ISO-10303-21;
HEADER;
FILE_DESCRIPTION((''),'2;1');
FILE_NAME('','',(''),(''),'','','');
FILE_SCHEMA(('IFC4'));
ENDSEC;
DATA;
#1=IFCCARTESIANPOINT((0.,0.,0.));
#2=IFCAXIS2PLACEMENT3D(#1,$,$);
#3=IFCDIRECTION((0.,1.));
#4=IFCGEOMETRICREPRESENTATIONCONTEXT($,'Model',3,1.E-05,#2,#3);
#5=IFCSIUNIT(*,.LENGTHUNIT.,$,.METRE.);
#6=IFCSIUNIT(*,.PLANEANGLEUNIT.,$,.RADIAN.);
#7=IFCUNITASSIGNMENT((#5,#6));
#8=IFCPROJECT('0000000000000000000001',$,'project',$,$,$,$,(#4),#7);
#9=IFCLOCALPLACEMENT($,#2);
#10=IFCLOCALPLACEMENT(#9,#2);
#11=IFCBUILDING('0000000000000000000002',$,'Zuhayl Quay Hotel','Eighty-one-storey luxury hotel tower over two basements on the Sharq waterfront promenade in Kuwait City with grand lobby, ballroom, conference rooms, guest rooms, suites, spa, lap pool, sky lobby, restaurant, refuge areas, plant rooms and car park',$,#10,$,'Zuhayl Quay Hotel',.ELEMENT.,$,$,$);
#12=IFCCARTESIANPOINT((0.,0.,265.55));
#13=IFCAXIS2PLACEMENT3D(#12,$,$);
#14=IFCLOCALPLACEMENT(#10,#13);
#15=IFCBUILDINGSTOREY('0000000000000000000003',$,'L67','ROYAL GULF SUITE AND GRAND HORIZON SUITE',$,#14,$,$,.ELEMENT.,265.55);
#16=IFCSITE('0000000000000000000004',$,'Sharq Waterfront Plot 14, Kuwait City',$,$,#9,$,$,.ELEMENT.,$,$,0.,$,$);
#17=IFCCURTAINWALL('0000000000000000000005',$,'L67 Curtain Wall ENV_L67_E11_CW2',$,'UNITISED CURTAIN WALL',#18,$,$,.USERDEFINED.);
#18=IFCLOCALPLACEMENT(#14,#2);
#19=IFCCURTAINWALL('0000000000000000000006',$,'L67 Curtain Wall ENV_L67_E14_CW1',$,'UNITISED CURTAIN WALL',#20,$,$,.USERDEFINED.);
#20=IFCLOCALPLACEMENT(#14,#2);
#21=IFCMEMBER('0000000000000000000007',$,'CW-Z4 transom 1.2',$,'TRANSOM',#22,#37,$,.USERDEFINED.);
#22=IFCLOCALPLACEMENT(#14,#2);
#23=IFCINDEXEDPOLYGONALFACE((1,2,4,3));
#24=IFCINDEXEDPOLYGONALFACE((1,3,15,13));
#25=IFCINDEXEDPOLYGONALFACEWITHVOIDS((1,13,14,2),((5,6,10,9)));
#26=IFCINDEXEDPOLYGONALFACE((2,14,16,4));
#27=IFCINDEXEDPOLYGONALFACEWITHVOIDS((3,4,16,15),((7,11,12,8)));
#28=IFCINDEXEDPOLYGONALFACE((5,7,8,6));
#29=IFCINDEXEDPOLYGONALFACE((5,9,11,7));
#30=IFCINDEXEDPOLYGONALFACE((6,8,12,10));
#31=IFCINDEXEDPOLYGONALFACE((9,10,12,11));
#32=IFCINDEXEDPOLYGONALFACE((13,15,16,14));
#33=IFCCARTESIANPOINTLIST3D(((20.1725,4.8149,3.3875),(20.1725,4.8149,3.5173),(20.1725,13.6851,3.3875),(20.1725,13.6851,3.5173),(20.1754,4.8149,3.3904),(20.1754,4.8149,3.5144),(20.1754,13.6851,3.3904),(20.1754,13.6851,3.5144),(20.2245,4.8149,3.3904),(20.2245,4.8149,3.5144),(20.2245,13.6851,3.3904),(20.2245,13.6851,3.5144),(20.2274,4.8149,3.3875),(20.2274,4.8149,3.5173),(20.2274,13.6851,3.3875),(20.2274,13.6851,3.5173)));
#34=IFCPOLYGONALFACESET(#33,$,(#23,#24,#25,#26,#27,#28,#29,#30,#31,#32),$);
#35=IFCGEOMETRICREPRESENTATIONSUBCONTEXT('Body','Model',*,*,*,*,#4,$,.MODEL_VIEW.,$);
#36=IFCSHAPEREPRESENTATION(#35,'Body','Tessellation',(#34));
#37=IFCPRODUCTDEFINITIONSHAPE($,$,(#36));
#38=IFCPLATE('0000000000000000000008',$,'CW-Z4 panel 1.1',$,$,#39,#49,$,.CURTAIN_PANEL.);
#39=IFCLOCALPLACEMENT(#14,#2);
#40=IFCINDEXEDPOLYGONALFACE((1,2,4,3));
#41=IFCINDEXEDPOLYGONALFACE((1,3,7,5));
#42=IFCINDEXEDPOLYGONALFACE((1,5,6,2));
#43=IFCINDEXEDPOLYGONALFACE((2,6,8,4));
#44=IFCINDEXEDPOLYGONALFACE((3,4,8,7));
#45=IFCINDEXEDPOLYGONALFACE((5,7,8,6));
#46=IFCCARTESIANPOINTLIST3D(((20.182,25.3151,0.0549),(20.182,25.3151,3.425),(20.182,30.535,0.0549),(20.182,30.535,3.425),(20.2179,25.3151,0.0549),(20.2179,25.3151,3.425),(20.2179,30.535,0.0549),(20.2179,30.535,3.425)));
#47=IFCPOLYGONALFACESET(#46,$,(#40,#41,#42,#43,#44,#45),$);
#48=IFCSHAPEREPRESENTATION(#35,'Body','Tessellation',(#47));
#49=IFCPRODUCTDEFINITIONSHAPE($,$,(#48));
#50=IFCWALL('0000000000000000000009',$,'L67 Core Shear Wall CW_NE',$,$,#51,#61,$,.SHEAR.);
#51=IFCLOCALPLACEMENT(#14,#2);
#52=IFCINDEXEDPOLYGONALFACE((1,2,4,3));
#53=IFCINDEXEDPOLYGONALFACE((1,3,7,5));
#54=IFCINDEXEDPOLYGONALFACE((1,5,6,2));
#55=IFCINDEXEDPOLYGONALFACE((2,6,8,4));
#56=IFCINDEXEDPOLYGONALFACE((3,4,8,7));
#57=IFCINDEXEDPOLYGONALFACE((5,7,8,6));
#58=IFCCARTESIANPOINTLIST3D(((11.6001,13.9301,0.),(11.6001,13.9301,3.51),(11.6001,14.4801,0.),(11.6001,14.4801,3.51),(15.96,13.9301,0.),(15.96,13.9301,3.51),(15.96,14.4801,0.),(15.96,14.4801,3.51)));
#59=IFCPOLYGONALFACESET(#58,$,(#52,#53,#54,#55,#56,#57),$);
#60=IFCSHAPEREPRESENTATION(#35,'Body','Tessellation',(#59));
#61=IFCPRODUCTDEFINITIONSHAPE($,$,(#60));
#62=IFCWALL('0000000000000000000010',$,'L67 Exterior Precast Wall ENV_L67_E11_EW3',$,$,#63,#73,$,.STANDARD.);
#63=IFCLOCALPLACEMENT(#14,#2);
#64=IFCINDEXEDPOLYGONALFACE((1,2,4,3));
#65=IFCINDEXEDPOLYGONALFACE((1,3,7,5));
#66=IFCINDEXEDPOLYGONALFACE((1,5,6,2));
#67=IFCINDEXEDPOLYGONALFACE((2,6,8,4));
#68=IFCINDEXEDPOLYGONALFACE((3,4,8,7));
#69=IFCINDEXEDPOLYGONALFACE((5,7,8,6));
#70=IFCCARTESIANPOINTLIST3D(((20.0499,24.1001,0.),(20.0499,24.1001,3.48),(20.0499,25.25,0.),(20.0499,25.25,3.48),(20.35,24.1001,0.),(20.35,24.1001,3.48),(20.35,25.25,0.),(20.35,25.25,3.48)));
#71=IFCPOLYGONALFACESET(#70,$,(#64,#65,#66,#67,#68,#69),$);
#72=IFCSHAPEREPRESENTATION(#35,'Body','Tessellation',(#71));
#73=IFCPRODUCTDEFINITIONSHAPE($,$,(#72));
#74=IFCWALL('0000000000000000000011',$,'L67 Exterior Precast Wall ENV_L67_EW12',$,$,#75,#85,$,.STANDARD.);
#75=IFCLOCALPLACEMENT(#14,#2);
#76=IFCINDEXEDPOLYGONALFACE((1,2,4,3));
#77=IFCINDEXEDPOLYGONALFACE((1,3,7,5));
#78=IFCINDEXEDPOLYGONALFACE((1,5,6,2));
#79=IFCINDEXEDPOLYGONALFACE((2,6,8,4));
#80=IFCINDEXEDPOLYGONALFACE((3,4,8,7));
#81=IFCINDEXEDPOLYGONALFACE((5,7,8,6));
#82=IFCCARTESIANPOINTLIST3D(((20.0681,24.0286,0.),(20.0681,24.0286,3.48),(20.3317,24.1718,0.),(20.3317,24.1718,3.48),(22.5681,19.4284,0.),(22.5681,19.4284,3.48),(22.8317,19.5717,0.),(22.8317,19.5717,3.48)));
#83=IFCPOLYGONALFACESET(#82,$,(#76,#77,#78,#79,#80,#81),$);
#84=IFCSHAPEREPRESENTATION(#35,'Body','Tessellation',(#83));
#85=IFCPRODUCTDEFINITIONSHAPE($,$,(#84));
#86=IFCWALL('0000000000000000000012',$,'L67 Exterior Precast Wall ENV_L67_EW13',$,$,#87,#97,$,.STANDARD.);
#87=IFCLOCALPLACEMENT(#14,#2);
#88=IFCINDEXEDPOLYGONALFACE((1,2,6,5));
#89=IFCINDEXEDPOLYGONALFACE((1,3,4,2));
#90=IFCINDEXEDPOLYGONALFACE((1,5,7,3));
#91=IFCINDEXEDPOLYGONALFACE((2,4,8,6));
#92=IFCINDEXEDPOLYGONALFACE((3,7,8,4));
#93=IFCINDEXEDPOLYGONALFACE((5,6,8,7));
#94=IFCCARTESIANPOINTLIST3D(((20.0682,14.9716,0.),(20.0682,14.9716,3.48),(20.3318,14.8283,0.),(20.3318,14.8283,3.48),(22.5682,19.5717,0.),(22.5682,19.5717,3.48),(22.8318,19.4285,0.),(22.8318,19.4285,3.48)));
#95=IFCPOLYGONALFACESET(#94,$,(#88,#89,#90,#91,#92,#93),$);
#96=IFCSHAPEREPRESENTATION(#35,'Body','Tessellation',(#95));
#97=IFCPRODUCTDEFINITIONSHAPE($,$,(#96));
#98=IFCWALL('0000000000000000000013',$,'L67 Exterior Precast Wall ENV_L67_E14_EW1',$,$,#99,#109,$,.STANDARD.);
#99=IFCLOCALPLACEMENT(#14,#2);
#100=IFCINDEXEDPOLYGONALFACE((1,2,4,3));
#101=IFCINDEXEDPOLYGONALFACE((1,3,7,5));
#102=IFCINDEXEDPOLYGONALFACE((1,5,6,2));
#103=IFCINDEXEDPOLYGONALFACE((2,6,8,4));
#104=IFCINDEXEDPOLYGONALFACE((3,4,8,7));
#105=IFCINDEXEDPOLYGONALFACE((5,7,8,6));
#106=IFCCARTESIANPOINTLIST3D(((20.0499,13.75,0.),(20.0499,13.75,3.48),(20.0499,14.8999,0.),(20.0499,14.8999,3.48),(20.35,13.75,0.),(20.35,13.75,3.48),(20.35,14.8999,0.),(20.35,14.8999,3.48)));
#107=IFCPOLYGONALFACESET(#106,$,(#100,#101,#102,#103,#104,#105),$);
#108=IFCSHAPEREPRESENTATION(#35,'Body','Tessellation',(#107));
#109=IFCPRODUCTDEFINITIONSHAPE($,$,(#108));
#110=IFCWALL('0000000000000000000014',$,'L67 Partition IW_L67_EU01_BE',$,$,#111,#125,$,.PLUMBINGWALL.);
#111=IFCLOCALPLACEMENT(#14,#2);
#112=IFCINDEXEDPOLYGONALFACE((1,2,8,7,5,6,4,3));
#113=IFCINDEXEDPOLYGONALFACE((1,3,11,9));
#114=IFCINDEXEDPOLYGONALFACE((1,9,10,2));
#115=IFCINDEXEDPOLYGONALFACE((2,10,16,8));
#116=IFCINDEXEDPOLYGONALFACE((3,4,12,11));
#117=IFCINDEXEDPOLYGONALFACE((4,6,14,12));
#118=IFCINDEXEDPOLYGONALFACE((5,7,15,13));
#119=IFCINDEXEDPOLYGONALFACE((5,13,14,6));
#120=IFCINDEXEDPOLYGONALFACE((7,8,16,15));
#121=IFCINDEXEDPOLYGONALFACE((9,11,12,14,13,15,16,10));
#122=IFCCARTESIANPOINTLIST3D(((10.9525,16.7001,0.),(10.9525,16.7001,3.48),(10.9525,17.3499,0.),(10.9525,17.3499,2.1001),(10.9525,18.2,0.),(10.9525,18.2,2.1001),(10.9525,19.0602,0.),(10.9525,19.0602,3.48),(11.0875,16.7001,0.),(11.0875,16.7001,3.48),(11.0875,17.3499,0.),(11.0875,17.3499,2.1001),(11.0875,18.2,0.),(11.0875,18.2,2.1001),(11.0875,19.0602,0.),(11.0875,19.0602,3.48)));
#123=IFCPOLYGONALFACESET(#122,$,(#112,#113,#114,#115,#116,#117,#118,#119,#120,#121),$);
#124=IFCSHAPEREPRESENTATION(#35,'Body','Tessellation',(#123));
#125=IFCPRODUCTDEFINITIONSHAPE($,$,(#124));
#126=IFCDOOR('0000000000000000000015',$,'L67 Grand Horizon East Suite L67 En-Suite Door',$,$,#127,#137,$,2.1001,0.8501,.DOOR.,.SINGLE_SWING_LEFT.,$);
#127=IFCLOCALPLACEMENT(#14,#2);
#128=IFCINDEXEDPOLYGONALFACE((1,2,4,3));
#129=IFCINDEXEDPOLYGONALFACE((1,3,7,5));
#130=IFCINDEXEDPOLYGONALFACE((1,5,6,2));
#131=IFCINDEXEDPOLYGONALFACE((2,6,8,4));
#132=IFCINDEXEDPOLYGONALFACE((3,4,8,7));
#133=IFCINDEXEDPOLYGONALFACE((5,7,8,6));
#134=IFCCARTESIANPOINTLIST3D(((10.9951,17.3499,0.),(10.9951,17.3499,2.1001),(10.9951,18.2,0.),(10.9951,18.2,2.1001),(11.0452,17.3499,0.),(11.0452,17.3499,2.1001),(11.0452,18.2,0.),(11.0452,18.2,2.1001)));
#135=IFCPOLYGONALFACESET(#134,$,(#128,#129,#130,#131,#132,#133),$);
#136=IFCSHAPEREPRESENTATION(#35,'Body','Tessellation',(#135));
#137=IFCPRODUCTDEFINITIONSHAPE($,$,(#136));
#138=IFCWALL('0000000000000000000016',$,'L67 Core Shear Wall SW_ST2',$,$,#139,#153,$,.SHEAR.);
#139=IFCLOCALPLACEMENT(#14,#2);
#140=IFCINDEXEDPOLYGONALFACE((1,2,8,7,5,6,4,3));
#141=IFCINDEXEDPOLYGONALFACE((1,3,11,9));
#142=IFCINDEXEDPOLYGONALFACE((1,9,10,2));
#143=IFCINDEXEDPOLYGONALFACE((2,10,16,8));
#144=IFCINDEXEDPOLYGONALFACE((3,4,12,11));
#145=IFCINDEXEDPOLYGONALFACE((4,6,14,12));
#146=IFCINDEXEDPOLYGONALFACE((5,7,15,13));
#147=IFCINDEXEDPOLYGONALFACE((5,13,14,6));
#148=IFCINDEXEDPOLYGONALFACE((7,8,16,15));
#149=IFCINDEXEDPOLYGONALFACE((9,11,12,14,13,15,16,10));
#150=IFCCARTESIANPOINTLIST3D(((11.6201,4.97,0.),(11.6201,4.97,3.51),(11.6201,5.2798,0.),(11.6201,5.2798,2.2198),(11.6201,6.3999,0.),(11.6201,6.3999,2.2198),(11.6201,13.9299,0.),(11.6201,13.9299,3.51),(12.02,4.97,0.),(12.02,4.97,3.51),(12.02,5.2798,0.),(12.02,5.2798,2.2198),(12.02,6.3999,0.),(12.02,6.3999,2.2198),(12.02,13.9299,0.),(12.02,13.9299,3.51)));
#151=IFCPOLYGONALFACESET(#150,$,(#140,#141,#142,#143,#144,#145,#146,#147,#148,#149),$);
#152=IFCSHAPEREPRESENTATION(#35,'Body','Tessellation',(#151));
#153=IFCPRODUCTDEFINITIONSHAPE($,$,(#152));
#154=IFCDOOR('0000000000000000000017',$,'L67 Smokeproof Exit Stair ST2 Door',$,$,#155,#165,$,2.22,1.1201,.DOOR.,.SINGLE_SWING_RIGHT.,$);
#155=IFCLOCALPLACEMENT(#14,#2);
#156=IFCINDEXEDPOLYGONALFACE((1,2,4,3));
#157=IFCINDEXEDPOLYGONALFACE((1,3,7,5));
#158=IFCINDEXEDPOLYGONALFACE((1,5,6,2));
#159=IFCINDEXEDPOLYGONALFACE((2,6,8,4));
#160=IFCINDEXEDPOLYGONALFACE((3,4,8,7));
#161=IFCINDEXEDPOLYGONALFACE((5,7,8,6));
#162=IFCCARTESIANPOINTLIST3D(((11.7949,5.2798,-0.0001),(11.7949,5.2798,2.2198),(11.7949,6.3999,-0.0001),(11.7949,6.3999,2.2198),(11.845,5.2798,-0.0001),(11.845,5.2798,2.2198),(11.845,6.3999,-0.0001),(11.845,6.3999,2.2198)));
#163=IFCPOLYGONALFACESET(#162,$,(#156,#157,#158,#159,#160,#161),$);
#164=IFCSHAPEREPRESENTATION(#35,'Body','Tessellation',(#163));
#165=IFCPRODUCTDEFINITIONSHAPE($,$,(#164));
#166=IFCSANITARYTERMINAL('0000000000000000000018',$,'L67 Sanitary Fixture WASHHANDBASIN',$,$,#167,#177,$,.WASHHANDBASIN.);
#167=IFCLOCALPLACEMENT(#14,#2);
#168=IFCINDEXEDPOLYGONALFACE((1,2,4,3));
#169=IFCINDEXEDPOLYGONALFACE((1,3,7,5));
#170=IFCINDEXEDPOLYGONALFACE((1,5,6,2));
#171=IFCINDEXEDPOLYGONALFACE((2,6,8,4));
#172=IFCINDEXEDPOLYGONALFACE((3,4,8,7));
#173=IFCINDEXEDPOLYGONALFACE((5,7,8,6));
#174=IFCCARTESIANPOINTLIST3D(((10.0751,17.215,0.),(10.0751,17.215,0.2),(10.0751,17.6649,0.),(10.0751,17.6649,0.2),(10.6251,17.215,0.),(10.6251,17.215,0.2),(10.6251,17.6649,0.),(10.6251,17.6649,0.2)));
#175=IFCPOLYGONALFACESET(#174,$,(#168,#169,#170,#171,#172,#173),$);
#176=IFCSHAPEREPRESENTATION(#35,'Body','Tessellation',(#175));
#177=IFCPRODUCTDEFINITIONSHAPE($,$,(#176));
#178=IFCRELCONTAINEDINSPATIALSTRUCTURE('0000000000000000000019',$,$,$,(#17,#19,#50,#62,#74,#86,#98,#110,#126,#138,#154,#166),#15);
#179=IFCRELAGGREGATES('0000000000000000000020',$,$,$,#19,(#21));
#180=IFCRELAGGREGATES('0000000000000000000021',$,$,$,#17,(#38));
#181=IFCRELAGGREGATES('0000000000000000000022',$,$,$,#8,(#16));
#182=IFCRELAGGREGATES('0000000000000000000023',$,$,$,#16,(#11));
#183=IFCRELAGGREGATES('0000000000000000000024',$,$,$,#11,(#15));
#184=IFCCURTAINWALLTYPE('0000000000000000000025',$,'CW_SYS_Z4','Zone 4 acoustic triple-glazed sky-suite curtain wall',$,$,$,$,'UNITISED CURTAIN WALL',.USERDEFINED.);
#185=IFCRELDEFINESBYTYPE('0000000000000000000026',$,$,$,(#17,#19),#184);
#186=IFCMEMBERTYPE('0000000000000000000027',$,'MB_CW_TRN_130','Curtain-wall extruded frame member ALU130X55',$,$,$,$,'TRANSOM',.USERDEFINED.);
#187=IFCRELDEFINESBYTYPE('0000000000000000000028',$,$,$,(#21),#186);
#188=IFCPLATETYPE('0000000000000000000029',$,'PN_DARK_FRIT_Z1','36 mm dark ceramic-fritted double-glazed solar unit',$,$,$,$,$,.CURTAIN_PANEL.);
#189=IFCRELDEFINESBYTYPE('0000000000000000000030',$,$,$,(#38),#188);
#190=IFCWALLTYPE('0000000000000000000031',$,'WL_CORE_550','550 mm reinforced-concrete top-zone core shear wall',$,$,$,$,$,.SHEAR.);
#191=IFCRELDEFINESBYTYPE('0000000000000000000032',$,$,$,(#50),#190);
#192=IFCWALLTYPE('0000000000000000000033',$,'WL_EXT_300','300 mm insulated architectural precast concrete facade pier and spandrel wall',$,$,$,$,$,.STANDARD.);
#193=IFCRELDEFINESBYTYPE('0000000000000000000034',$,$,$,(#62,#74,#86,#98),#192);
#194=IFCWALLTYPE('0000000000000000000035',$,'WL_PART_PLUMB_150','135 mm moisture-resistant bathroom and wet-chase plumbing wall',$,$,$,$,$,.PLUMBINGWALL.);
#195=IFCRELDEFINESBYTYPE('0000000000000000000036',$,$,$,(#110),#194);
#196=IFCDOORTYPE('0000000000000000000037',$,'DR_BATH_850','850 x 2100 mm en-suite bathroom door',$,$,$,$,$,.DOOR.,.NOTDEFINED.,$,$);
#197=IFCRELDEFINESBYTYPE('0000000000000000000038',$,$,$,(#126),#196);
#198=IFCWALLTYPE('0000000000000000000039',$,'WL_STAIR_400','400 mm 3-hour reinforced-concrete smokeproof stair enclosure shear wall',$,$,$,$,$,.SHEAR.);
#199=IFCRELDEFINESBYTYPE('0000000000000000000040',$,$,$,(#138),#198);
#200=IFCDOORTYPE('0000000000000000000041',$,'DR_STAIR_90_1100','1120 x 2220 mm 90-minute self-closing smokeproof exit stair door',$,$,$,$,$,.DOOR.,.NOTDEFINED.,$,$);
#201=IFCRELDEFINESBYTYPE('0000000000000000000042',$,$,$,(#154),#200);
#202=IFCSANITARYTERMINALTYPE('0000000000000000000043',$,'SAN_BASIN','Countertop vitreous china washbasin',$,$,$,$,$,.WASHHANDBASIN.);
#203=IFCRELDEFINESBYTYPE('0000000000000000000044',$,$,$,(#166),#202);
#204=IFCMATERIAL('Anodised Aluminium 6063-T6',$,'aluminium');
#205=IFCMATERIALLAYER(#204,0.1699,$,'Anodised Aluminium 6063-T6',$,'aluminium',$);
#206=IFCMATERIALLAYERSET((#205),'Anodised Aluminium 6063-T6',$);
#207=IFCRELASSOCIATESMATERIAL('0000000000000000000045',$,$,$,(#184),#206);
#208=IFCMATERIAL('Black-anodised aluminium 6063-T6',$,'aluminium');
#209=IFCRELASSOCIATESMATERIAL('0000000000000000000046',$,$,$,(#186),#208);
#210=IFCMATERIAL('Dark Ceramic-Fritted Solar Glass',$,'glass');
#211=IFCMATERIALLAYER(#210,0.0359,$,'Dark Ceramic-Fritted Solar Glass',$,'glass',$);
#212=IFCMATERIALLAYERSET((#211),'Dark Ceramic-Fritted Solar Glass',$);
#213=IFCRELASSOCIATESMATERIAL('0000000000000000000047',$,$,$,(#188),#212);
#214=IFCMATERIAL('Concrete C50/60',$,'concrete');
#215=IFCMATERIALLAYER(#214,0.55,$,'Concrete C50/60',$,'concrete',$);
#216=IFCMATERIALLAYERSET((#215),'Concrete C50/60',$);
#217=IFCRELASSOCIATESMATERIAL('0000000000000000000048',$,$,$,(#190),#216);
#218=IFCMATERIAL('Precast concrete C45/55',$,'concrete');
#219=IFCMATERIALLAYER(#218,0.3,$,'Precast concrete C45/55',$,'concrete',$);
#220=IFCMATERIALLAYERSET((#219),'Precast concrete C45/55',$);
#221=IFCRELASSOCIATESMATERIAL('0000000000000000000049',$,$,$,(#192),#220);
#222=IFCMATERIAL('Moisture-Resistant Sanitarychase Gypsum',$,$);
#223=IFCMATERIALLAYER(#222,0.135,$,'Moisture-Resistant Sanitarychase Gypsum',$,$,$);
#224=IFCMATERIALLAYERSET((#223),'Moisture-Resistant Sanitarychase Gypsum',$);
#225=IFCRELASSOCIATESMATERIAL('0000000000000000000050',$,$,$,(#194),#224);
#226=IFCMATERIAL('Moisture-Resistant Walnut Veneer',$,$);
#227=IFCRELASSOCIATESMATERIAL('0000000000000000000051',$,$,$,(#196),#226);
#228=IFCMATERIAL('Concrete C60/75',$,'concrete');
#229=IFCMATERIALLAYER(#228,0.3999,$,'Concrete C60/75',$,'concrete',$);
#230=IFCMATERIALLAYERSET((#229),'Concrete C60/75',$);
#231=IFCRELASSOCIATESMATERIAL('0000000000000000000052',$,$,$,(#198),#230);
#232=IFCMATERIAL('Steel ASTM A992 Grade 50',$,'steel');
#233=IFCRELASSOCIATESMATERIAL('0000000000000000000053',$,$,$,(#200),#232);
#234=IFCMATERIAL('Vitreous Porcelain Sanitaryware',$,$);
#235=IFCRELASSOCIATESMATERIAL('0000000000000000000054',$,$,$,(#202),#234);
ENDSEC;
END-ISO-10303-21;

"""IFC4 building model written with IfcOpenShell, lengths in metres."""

from ifc_helpers import new_model, si_unit, direction, frame, frame_2d, origin, origin_2d, place, context, subcontext, project, spatial, rectangle, hollow_rectangle, extrude, material, layer, layer_set, material_profile, profile_set, type_object, element, fill, aggregate, save


model = new_model("IFC4")

# Units and contexts
model_context = context("Model", 3, precision=1e-05, world=origin(), true_north=direction((0.0, 1.0)))
body_context = subcontext(model_context, "Body", "Model", "MODEL_VIEW")
ifc_project = project(units=[si_unit("LENGTHUNIT", "METRE"), si_unit("PLANEANGLEUNIT", "RADIAN")], contexts=[model_context])

# Site, building, storey
site_placement = place(None, origin())
site = spatial("IfcSite", under=ifc_project, at=site_placement, Name="Sharq Waterfront Plot 14, Kuwait City", CompositionType="ELEMENT", RefElevation=0.0)
building_placement = place(site_placement, origin())
building = spatial("IfcBuilding", under=site, at=building_placement, Name="Zuhayl Quay Hotel", Description="Eighty-one-storey luxury hotel tower over two basements on the Sharq waterfront promenade in Kuwait City with grand lobby, ballroom, conference rooms, guest rooms, suites, spa, lap pool, sky lobby, restaurant, refuge areas, plant rooms and car park", LongName="Zuhayl Quay Hotel", CompositionType="ELEMENT")
storey_placement = place(building_placement, frame((0.0, 0.0, 265.55)))
storey = spatial("IfcBuildingStorey", under=building, at=storey_placement, Name="L67", Description="ROYAL GULF SUITE AND GRAND HORIZON SUITE", CompositionType="ELEMENT", Elevation=265.55)

# Shared definitions
ifc_material_1 = material(Name="Concrete C60/75", Category="concrete")

# Shared definitions
ifc_material_2 = material(Name="Steel ASTM A992 Grade 50", Category="steel")

# Curtain wall
ifc_material_3 = material(Name="Anodised Aluminium 6063-T6", Category="aluminium")
ifc_layer_1 = layer(ifc_material_3, 0.1699, Name="Anodised Aluminium 6063-T6", Category="aluminium")
ifc_layer_set_1 = layer_set([ifc_layer_1], Name="Anodised Aluminium 6063-T6")
curtain_wall_type = type_object("IfcCurtainWallType", Name="CW_SYS_Z4", Description="Zone 4 acoustic triple-glazed sky-suite curtain wall", ElementType="UNITISED CURTAIN WALL", PredefinedType="USERDEFINED", material=ifc_layer_set_1)
curtain_wall_1_placement = place(storey_placement, origin())
curtain_wall_1 = element("IfcCurtainWall", 1, at=curtain_wall_1_placement, inside=storey, type_object=curtain_wall_type, Name="L67 Curtain Wall ENV_L67_E11_CW2", ObjectType="UNITISED CURTAIN WALL", PredefinedType="USERDEFINED")
ifc_material_4 = material(Name="Black-anodised aluminium 6063-T6", Category="aluminium")

# Curtain wall, member
curtain_wall_2_placement = place(storey_placement, origin())
curtain_wall_2 = element("IfcCurtainWall", 2, at=curtain_wall_2_placement, inside=storey, type_object=curtain_wall_type, Name="L67 Curtain Wall ENV_L67_E14_CW1", ObjectType="UNITISED CURTAIN WALL", PredefinedType="USERDEFINED")
ifc_material_profile_1 = material_profile(ifc_material_4, hollow_rectangle(XDim=0.0549, YDim=0.1299, WallThickness=0.0029, at=origin_2d()), Name="ALU130X55")
ifc_profile_set_1 = profile_set([ifc_material_profile_1], Name="Black-anodised aluminium 6063-T6")
member_type_1 = type_object("IfcMemberType", Name="MB_CW_TRN_130", Description="Curtain-wall extruded frame member ALU130X55", ElementType="TRANSOM", PredefinedType="USERDEFINED", material=ifc_profile_set_1)
member_1_placement = place(storey_placement, frame((20.2, 13.6851, 3.4524), z_axis=(0.0, -1.0, 0.0), x_axis=(1.0, 0.0, 0.0)))
member_1 = element("IfcMember", 3, at=member_1_placement, type_object=member_type_1, Name="CW-Z4 transom 1.2", ObjectType="TRANSOM", PredefinedType="USERDEFINED", context=body_context, shape_type="SweptSolid", body=[
    extrude(hollow_rectangle(XDim=0.0549, YDim=0.1299, WallThickness=0.0029, at=origin_2d()), origin(), (0.0, 0.0, 1.0), 8.8701),
])
aggregate(curtain_wall_2, [member_1])

# Plate
ifc_material_5 = material(Name="Dark Ceramic-Fritted Solar Glass", Category="glass")
ifc_layer_2 = layer(ifc_material_5, 0.0359, Name="Dark Ceramic-Fritted Solar Glass", Category="glass")
ifc_layer_set_2 = layer_set([ifc_layer_2], Name="Dark Ceramic-Fritted Solar Glass")
plate_type = type_object("IfcPlateType", Name="PN_DARK_FRIT_Z1", Description="36 mm dark ceramic-fritted double-glazed solar unit", PredefinedType="CURTAIN_PANEL", material=ifc_layer_set_2)
plate_placement = place(storey_placement, frame((20.2, 27.925, 0.0549), z_axis=(0.0, 0.0, 1.0), x_axis=(0.0, -1.0, 0.0)))
plate = element("IfcPlate", 4, at=plate_placement, type_object=plate_type, Name="CW-Z4 panel 1.1", PredefinedType="CURTAIN_PANEL", context=body_context, shape_type="SweptSolid", body=[
    extrude(rectangle(XDim=5.22, YDim=0.0359, at=origin_2d()), origin(), (0.0, 0.0, 1.0), 3.3701),
])
aggregate(curtain_wall_1, [plate])

# Walls
ifc_material_6 = material(Name="Concrete C50/60", Category="concrete")
ifc_layer_3 = layer(ifc_material_6, 0.55, Name="Concrete C50/60", Category="concrete")
ifc_layer_set_3 = layer_set([ifc_layer_3], Name="Concrete C50/60")
wall_type_1 = type_object("IfcWallType", Name="WL_CORE_550", Description="550 mm reinforced-concrete top-zone core shear wall", PredefinedType="SHEAR", material=ifc_layer_set_3)
wall_1_placement = place(storey_placement, frame((11.6001, 14.2051, 0.0), z_axis=(0.0, 0.0, 1.0), x_axis=(1.0, 0.0, 0.0)))
element("IfcWall", 5, at=wall_1_placement, inside=storey, type_object=wall_type_1, Name="L67 Core Shear Wall CW_NE", PredefinedType="SHEAR", context=body_context, shape_type="SweptSolid", body=[
    extrude(rectangle(XDim=4.3599, YDim=0.55, at=frame_2d((2.1799, 0.0))), origin(), (0.0, 0.0, 1.0), 3.51),
])
ifc_material_7 = material(Name="Precast concrete C45/55", Category="concrete")
ifc_layer_4 = layer(ifc_material_7, 0.3, Name="Precast concrete C45/55", Category="concrete")
ifc_layer_set_4 = layer_set([ifc_layer_4], Name="Precast concrete C45/55")
wall_type_2 = type_object("IfcWallType", Name="WL_EXT_300", Description="300 mm insulated architectural precast concrete facade pier and spandrel wall", PredefinedType="STANDARD", material=ifc_layer_set_4)
wall_2_placement = place(storey_placement, frame((20.2, 25.25, 0.0), z_axis=(0.0, 0.0, 1.0), x_axis=(0.0, -1.0, 0.0)))
element("IfcWall", 6, at=wall_2_placement, inside=storey, type_object=wall_type_2, Name="L67 Exterior Precast Wall ENV_L67_E11_EW3", PredefinedType="STANDARD", context=body_context, shape_type="SweptSolid", body=[
    extrude(rectangle(XDim=1.1499, YDim=0.3, at=frame_2d((0.575, 0.0))), origin(), (0.0, 0.0, 1.0), 3.48),
])
for number, where, z_axis, x_axis, name in (
    (7, (20.2, 24.1001, 0.0), (0.0, 0.0, 1.0), (0.477505, -0.878629, 0.0), "L67 Exterior Precast Wall ENV_L67_EW12"),
    (8, (22.7, 19.5, 0.0), (0.0, 0.0, 1.0), (-0.477505, -0.878629, 0.0), "L67 Exterior Precast Wall ENV_L67_EW13"),
):
    element("IfcWall", number, at=place(storey_placement, frame(where, z_axis=z_axis, x_axis=x_axis)), inside=storey, type_object=wall_type_2, Name=name, PredefinedType="STANDARD", context=body_context, shape_type="SweptSolid", body=[
        extrude(rectangle(XDim=5.2356, YDim=0.3, at=frame_2d((2.6177, 0.0))), origin(), (0.0, 0.0, 1.0), 3.48),
    ])
wall_3_placement = place(storey_placement, frame((20.2, 14.8999, 0.0), z_axis=(0.0, 0.0, 1.0), x_axis=(0.0, -1.0, 0.0)))
element("IfcWall", 9, at=wall_3_placement, inside=storey, type_object=wall_type_2, Name="L67 Exterior Precast Wall ENV_L67_E14_EW1", PredefinedType="STANDARD", context=body_context, shape_type="SweptSolid", body=[
    extrude(rectangle(XDim=1.1499, YDim=0.3, at=frame_2d((0.575, 0.0))), origin(), (0.0, 0.0, 1.0), 3.48),
])

# Walls, openings, doors
ifc_material_8 = material(Name="Moisture-Resistant Sanitarychase Gypsum")
ifc_layer_5 = layer(ifc_material_8, 0.135, Name="Moisture-Resistant Sanitarychase Gypsum")
ifc_layer_set_5 = layer_set([ifc_layer_5], Name="Moisture-Resistant Sanitarychase Gypsum")
wall_type_3 = type_object("IfcWallType", Name="WL_PART_PLUMB_150", Description="135 mm moisture-resistant bathroom and wet-chase plumbing wall", PredefinedType="PLUMBINGWALL", material=ifc_layer_set_5)
wall_4_placement = place(storey_placement, frame((11.02, 16.7, 0.0), z_axis=(0.0, 0.0, 1.0), x_axis=(0.0, 1.0, 0.0)))
wall_4 = element("IfcWall", 10, at=wall_4_placement, inside=storey, type_object=wall_type_3, Name="L67 Partition IW_L67_EU01_BE", PredefinedType="PLUMBINGWALL", context=body_context, shape_type="SweptSolid", body=[
    extrude(rectangle(XDim=2.3601, YDim=0.135, at=frame_2d((1.1802, 0.0))), origin(), (0.0, 0.0, 1.0), 3.48),
])
opening_1_placement = place(wall_4_placement, frame((0.6499, 0.0, 0.0)))
opening_1 = element("IfcOpeningElement", 11, at=opening_1_placement, cuts=wall_4, PredefinedType="OPENING", context=body_context, shape_type="SweptSolid", body=[
    extrude(rectangle(XDim=0.8501, YDim=2.1001, at=frame_2d((0.425, 1.05))), frame((0.0, 0.0774, 0.0), z_axis=(0.0, -1.0, 0.0), x_axis=(1.0, 0.0, 0.0)), (0.0, 0.0, 1.0), 0.155),
])
ifc_material_9 = material(Name="Moisture-Resistant Walnut Veneer")
door_type_1 = type_object("IfcDoorType", Name="DR_BATH_850", Description="850 x 2100 mm en-suite bathroom door", OperationType="NOTDEFINED", PredefinedType="DOOR", material=ifc_material_9)
door_1_placement = place(opening_1_placement, origin())
door_1 = element("IfcDoor", 12, at=door_1_placement, inside=storey, type_object=door_type_1, Name="L67 Grand Horizon East Suite L67 En-Suite Door", OperationType="SINGLE_SWING_LEFT", OverallHeight=2.1001, OverallWidth=0.8501, PredefinedType="DOOR", context=body_context, shape_type="SweptSolid", body=[
    extrude(rectangle(XDim=0.8501, YDim=2.1001, at=frame_2d((0.425, 1.05))), frame((0.0, 0.0249, 0.0), z_axis=(0.0, -1.0, 0.0), x_axis=(1.0, 0.0, 0.0)), (0.0, 0.0, 1.0), 0.05),
])
fill(opening_1, door_1)
ifc_layer_6 = layer(ifc_material_1, 0.3999, Name="Concrete C60/75", Category="concrete")
ifc_layer_set_6 = layer_set([ifc_layer_6], Name="Concrete C60/75")
wall_type_4 = type_object("IfcWallType", Name="WL_STAIR_400", Description="400 mm 3-hour reinforced-concrete smokeproof stair enclosure shear wall", PredefinedType="SHEAR", material=ifc_layer_set_6)
wall_5_placement = place(storey_placement, frame((11.8201, 13.9299, 0.0), z_axis=(0.0, 0.0, 1.0), x_axis=(0.0, -1.0, 0.0)))
wall_5 = element("IfcWall", 13, at=wall_5_placement, inside=storey, type_object=wall_type_4, Name="L67 Core Shear Wall SW_ST2", PredefinedType="SHEAR", context=body_context, shape_type="SweptSolid", body=[
    extrude(rectangle(XDim=8.96, YDim=0.3999, at=frame_2d((4.48, 0.0))), origin(), (0.0, 0.0, 1.0), 3.51),
])
opening_2_placement = place(wall_5_placement, frame((7.53, 0.0, 0.0)))
opening_2 = element("IfcOpeningElement", 14, at=opening_2_placement, cuts=wall_5, PredefinedType="OPENING", context=body_context, shape_type="SweptSolid", body=[
    extrude(rectangle(XDim=1.1201, YDim=2.22, at=frame_2d((0.5601, 1.1099))), frame((0.0, 0.21, 0.0), z_axis=(0.0, -1.0, 0.0), x_axis=(1.0, 0.0, 0.0)), (0.0, 0.0, 1.0), 0.4199),
])
door_type_2 = type_object("IfcDoorType", Name="DR_STAIR_90_1100", Description="1120 x 2220 mm 90-minute self-closing smokeproof exit stair door", OperationType="NOTDEFINED", PredefinedType="DOOR", material=ifc_material_2)
door_2_placement = place(opening_2_placement, origin())
door_2 = element("IfcDoor", 15, at=door_2_placement, inside=storey, type_object=door_type_2, Name="L67 Smokeproof Exit Stair ST2 Door", OperationType="SINGLE_SWING_RIGHT", OverallHeight=2.22, OverallWidth=1.1201, PredefinedType="DOOR", context=body_context, shape_type="SweptSolid", body=[
    extrude(rectangle(XDim=1.1201, YDim=2.22, at=frame_2d((0.5601, 1.1099))), frame((0.0, 0.0249, 0.0), z_axis=(0.0, -1.0, 0.0), x_axis=(1.0, 0.0, 0.0)), (0.0, 0.0, 1.0), 0.05),
])
fill(opening_2, door_2)

# Sanitary terminal
ifc_material_10 = material(Name="Vitreous Porcelain Sanitaryware")
sanitary_terminal_type = type_object("IfcSanitaryTerminalType", Name="SAN_BASIN", Description="Countertop vitreous china washbasin", PredefinedType="WASHHANDBASIN", material=ifc_material_10)
sanitary_terminal_placement = place(storey_placement, frame((10.3501, 17.4399, 0.0), z_axis=(0.0, 0.0, 1.0), x_axis=(1.0, 0.0, 0.0)))
element("IfcSanitaryTerminal", 16, at=sanitary_terminal_placement, inside=storey, type_object=sanitary_terminal_type, Name="L67 Sanitary Fixture WASHHANDBASIN", PredefinedType="WASHHANDBASIN", context=body_context, shape_type="SweptSolid", body=[
    extrude(rectangle(XDim=0.55, YDim=0.45, at=origin_2d()), origin(), (0.0, 0.0, 1.0), 0.2),
])

save(model, "model.ifc")
